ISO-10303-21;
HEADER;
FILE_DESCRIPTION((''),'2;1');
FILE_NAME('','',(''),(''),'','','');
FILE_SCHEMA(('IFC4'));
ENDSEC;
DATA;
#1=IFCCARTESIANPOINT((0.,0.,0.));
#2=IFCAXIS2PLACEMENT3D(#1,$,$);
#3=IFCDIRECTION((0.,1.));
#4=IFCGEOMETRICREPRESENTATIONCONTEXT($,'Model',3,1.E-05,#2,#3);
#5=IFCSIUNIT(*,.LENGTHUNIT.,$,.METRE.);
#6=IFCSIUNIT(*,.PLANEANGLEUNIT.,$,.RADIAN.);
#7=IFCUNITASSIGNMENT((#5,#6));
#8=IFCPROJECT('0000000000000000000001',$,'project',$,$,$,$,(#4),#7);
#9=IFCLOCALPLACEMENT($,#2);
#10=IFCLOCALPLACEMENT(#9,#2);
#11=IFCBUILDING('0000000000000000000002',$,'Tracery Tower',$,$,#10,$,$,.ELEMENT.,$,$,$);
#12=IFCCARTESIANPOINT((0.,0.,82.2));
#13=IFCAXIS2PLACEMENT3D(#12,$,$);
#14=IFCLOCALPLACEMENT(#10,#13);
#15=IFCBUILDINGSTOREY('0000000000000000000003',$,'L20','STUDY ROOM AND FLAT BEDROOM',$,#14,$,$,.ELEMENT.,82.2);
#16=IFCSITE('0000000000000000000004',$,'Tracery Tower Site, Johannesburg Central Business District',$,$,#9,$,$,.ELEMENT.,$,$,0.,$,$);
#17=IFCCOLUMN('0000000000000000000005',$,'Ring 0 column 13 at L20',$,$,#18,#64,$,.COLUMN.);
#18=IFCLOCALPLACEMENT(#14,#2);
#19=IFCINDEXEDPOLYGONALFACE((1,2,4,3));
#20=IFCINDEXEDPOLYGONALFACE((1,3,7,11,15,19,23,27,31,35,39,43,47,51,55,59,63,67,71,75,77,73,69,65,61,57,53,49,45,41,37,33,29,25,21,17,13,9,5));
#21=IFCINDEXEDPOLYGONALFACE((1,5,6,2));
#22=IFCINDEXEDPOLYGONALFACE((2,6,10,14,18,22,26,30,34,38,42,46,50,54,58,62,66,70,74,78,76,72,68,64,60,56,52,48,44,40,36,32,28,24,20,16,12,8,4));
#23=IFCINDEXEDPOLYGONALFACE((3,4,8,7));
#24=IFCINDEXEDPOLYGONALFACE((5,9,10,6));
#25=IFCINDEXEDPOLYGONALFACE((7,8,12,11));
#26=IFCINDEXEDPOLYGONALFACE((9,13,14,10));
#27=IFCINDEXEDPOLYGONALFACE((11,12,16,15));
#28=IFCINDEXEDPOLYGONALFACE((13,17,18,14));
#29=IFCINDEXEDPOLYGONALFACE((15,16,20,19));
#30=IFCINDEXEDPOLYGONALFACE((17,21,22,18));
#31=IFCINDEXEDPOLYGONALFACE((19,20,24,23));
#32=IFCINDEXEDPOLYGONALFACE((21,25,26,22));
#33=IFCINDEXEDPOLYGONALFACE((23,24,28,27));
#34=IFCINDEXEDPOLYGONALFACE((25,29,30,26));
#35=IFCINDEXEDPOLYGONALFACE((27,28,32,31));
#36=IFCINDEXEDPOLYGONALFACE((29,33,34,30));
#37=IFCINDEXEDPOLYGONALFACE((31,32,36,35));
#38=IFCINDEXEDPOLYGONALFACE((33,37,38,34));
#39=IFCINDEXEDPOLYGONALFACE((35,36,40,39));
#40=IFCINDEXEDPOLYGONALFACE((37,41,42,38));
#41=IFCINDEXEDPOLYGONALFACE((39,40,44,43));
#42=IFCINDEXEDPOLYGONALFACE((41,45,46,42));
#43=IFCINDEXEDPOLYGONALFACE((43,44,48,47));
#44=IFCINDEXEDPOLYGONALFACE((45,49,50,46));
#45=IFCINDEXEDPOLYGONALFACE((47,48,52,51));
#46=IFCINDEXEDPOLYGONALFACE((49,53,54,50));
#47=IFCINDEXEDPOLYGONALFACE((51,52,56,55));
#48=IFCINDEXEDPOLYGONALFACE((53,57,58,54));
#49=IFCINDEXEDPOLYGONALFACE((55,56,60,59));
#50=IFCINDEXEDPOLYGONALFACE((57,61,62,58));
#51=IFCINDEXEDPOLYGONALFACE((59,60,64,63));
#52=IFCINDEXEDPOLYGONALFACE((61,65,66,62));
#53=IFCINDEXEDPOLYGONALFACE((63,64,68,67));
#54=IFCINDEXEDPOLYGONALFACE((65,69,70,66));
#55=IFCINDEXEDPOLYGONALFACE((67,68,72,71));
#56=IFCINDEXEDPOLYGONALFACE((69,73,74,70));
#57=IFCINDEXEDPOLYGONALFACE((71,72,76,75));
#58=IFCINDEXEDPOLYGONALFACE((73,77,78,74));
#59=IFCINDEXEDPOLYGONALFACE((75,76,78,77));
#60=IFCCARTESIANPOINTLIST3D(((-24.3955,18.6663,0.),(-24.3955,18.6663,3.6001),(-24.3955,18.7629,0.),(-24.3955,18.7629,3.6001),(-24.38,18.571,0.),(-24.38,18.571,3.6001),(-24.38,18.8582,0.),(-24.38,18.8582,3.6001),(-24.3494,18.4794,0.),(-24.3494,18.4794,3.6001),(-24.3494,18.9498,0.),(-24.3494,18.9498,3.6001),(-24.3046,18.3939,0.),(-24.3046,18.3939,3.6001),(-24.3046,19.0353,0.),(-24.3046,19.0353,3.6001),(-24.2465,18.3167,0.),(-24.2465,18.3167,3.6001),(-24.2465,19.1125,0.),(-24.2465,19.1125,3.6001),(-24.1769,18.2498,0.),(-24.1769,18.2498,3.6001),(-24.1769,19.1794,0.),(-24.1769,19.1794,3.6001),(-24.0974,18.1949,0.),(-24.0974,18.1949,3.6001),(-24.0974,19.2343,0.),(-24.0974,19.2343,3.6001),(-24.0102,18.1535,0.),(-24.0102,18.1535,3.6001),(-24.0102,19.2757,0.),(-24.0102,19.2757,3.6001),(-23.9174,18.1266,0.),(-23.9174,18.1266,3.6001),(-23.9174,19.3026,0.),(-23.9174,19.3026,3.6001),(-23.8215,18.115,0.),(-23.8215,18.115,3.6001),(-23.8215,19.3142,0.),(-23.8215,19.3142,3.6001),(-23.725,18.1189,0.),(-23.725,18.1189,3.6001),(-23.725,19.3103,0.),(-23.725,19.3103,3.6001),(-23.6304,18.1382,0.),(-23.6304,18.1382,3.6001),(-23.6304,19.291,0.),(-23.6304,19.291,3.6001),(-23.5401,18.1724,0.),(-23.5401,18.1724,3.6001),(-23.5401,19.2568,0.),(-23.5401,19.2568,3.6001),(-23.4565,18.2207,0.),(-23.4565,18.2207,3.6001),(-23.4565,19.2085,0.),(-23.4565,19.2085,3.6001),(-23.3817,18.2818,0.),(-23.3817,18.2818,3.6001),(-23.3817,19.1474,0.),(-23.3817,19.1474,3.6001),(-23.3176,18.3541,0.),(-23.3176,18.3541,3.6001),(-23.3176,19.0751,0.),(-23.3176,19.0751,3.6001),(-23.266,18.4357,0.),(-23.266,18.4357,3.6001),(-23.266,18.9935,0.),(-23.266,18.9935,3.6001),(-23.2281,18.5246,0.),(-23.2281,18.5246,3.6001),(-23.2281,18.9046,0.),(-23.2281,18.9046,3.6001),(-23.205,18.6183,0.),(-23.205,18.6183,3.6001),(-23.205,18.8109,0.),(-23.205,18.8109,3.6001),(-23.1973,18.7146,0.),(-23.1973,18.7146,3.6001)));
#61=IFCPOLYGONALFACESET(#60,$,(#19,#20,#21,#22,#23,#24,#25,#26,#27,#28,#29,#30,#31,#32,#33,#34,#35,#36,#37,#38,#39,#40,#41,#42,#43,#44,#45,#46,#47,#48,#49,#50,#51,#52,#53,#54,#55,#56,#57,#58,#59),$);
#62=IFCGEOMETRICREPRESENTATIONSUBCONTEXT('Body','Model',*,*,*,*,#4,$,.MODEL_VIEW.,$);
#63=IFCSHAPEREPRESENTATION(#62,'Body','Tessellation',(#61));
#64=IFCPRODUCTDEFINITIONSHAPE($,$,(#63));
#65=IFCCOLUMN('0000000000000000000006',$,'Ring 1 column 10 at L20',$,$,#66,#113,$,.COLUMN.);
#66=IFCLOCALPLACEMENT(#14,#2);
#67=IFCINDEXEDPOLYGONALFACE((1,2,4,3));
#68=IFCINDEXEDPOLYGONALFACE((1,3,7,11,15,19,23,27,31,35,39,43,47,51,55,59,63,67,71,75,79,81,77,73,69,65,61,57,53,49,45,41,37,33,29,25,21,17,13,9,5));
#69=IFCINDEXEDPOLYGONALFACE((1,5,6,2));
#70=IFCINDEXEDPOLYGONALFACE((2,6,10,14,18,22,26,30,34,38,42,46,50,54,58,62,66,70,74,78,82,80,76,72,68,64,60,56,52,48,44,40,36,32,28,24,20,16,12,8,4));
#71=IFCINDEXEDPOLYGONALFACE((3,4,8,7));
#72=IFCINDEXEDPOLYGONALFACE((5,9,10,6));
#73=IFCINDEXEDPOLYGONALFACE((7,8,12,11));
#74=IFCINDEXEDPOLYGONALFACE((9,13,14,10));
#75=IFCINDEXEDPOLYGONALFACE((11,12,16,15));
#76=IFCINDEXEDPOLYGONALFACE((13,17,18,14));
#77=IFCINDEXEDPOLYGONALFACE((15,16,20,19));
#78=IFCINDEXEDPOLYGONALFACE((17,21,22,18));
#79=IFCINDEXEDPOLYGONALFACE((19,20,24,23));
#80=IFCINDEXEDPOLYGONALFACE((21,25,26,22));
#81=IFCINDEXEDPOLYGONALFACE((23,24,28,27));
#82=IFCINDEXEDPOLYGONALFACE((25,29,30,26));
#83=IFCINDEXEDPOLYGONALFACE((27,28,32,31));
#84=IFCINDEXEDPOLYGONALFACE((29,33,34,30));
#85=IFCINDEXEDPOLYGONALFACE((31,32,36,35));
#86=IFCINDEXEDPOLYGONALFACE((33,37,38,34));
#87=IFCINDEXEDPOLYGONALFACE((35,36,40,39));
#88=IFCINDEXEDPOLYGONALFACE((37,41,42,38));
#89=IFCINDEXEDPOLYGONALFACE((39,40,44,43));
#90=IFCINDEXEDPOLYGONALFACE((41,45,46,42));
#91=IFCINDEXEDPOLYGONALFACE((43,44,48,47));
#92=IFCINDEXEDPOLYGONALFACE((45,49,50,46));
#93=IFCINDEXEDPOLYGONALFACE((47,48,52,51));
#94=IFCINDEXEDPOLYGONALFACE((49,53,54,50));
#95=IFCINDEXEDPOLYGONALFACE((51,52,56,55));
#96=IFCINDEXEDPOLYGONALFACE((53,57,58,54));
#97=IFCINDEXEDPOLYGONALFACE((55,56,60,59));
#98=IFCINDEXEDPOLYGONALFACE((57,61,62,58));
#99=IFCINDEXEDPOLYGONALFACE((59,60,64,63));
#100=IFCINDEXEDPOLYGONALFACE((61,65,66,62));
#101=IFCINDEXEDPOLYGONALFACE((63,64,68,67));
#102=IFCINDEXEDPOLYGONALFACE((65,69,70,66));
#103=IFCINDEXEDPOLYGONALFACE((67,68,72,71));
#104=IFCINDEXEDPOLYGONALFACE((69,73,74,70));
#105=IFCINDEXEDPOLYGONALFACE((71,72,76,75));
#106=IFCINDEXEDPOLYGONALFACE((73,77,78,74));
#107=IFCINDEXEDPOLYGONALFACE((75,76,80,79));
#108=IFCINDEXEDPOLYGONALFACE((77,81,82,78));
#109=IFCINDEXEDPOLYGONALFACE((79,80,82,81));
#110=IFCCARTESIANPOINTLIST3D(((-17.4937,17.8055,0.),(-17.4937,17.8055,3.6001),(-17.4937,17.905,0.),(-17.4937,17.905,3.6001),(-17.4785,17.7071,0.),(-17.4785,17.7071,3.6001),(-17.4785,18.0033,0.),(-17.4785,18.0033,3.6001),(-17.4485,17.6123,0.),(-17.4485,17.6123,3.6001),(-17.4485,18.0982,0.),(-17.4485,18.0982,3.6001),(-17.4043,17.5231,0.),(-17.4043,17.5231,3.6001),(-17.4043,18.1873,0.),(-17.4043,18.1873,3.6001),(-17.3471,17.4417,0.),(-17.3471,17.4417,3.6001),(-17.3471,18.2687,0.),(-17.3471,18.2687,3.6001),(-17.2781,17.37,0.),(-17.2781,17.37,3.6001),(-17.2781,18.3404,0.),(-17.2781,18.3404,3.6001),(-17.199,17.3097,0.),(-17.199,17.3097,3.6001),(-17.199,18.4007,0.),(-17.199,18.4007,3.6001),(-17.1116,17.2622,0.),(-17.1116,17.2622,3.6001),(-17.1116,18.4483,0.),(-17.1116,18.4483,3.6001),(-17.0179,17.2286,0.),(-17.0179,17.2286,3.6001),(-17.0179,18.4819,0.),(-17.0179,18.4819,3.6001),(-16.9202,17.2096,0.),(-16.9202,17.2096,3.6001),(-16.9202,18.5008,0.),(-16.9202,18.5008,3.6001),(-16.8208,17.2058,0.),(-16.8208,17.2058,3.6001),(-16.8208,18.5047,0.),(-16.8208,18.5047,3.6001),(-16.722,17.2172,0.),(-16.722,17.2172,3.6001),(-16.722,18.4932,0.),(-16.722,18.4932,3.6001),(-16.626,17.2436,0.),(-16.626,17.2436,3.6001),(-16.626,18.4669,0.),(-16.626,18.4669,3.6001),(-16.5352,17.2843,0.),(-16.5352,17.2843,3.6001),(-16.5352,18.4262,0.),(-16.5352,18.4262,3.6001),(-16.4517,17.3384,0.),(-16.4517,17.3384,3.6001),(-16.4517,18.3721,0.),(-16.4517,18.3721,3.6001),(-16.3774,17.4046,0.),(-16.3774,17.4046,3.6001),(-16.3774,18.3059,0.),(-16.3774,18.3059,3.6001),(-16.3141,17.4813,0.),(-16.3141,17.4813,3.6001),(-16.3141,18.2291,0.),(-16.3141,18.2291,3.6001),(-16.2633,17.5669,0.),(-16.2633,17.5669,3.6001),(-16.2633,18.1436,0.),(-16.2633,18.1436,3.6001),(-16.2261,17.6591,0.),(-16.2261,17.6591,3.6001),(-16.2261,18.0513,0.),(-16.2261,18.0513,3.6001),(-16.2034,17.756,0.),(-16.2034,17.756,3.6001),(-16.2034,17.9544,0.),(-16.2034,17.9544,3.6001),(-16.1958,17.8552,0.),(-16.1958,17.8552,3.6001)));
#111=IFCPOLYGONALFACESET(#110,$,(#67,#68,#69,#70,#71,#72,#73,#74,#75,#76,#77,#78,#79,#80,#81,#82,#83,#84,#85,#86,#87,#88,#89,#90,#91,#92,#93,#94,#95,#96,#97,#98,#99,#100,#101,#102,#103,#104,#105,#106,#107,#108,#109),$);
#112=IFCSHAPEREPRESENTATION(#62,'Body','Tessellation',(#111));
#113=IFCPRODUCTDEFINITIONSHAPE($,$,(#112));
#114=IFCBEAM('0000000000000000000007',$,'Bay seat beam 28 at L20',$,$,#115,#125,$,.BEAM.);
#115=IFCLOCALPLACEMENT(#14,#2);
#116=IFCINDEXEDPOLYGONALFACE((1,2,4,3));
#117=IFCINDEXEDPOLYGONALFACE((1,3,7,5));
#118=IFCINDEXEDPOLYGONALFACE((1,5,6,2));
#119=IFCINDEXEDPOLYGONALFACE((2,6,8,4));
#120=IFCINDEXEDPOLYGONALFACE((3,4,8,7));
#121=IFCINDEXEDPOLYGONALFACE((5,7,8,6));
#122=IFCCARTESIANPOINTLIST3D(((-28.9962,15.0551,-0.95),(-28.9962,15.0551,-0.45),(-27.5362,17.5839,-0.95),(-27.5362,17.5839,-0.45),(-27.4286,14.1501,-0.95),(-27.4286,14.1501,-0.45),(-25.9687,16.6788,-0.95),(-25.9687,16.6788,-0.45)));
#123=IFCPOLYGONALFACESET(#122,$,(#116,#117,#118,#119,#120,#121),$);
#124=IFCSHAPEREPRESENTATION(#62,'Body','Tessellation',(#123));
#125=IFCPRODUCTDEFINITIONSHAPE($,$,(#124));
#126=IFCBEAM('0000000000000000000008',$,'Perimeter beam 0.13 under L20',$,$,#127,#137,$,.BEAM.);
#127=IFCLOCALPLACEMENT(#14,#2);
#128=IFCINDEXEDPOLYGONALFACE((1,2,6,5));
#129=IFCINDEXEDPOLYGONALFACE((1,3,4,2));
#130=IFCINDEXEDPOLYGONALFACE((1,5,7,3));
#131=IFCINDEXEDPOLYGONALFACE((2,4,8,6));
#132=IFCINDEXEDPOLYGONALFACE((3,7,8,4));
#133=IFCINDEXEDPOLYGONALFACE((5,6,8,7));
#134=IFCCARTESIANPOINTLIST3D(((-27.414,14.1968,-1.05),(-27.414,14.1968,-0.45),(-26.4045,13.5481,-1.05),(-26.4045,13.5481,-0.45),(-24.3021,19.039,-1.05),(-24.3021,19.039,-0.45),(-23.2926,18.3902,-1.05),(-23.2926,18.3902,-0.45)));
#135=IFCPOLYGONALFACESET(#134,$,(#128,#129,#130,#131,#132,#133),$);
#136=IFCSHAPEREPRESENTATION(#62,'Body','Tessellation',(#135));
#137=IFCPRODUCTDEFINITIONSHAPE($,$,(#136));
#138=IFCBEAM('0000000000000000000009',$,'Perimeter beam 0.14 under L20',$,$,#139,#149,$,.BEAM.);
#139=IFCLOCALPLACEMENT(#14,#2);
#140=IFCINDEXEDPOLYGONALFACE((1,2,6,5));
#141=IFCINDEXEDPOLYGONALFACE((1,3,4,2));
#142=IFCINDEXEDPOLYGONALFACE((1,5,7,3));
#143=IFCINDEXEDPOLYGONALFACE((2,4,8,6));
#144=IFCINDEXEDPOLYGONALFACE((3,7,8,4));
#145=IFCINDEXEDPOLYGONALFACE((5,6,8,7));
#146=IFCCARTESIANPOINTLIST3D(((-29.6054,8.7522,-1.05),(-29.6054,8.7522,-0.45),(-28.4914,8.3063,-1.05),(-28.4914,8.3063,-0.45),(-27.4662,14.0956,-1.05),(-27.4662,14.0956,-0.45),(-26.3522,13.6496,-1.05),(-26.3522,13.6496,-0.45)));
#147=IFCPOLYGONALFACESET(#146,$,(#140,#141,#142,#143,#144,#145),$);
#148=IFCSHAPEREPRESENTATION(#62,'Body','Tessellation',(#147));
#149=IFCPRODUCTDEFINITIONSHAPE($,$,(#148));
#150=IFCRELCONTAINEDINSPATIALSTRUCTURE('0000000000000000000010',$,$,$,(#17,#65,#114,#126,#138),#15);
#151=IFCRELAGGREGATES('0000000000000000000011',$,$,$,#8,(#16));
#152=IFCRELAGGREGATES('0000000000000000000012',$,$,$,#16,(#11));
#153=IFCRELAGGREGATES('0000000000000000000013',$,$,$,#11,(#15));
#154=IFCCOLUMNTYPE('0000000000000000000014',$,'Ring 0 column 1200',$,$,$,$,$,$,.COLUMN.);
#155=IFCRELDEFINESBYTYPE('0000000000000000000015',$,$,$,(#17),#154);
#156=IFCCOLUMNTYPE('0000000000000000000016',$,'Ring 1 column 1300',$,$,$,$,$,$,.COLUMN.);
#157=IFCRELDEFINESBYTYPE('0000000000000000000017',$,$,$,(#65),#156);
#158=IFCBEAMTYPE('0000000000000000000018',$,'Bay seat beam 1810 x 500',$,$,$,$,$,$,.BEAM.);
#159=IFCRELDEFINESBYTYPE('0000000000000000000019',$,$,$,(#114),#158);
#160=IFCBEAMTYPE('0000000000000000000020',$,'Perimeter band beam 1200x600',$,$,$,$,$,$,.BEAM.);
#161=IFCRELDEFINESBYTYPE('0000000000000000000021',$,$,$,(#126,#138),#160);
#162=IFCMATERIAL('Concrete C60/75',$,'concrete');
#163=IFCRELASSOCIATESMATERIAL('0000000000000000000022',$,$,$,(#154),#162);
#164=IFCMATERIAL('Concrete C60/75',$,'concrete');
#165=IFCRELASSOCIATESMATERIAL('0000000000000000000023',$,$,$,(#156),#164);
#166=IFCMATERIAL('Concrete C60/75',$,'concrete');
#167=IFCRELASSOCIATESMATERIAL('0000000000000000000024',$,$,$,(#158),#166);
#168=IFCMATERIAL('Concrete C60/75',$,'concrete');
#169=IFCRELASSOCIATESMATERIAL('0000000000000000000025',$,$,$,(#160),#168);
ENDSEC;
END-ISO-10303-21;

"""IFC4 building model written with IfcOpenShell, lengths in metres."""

from ifc_helpers import new_model, si_unit, direction, frame, origin, origin_2d, place, context, subcontext, project, spatial, rectangle, circle, extrude, material, material_profile, profile_set, type_object, element, save


model = new_model("IFC4")

# Units and contexts
model_context = context("Model", 3, precision=1e-05, world=origin(), true_north=direction((0.0, 1.0)))
body_context = subcontext(model_context, "Body", "Model", "MODEL_VIEW")
ifc_project = project(units=[si_unit("LENGTHUNIT", "METRE"), si_unit("PLANEANGLEUNIT", "RADIAN")], contexts=[model_context])

# Site, building, storey
site_placement = place(None, origin())
site = spatial("IfcSite", under=ifc_project, at=site_placement, Name="Tracery Tower Site, Johannesburg Central Business District", CompositionType="ELEMENT", RefElevation=0.0)
building_placement = place(site_placement, origin())
building = spatial("IfcBuilding", under=site, at=building_placement, Name="Tracery Tower", CompositionType="ELEMENT")
storey_placement = place(building_placement, frame((0.0, 0.0, 82.2)))
storey = spatial("IfcBuildingStorey", under=building, at=storey_placement, Name="L20", Description="STUDY ROOM AND FLAT BEDROOM", CompositionType="ELEMENT", Elevation=82.2)

# Columns
ifc_material_1 = material(Name="Concrete C60/75", Category="concrete")
ifc_material_profile_1 = material_profile(ifc_material_1, circle(Radius=0.6001, at=origin_2d()), Name="RC D1200")
ifc_profile_set_1 = profile_set([ifc_material_profile_1], Name="Concrete C60/75")
column_type_1 = type_object("IfcColumnType", Name="Ring 0 column 1200", PredefinedType="COLUMN", material=ifc_profile_set_1)
column_1_placement = place(storey_placement, frame((-23.7974, 18.7146, 0.0), z_axis=(0.0, 0.0, 1.0), x_axis=(1.0, 0.0, 0.0)))
element("IfcColumn", 1, at=column_1_placement, inside=storey, type_object=column_type_1, Name="Ring 0 column 13 at L20", PredefinedType="COLUMN", context=body_context, shape_type="SweptSolid", body=[
    extrude(circle(Radius=0.6001, at=origin_2d()), origin(), (0.0, 0.0, 1.0), 3.6001),
])
ifc_material_2 = material(Name="Concrete C60/75", Category="concrete")
ifc_material_profile_2 = material_profile(ifc_material_2, circle(Radius=0.6499, at=origin_2d()), Name="RC D1300")
ifc_profile_set_2 = profile_set([ifc_material_profile_2], Name="Concrete C60/75")
column_type_2 = type_object("IfcColumnType", Name="Ring 1 column 1300", PredefinedType="COLUMN", material=ifc_profile_set_2)
column_2_placement = place(storey_placement, frame((-16.8457, 17.8552, 0.0), z_axis=(0.0, 0.0, 1.0), x_axis=(1.0, 0.0, 0.0)))
element("IfcColumn", 2, at=column_2_placement, inside=storey, type_object=column_type_2, Name="Ring 1 column 10 at L20", PredefinedType="COLUMN", context=body_context, shape_type="SweptSolid", body=[
    extrude(circle(Radius=0.6499, at=origin_2d()), origin(), (0.0, 0.0, 1.0), 3.6001),
])

# Beams
ifc_material_3 = material(Name="Concrete C60/75", Category="concrete")
ifc_material_profile_3 = material_profile(ifc_material_3, rectangle(XDim=1.8101, YDim=0.5, at=origin_2d()), Name="RC 1810x500")
ifc_profile_set_3 = profile_set([ifc_material_profile_3], Name="Concrete C60/75")
beam_type_1 = type_object("IfcBeamType", Name="Bay seat beam 1810 x 500", PredefinedType="BEAM", material=ifc_profile_set_3)
beam_1_placement = place(storey_placement, frame((-26.7524, 17.1313, -0.7), z_axis=(-0.499988, -0.866032, 0.0), x_axis=(0.866032, -0.499988, 0.0)))
element("IfcBeam", 3, at=beam_1_placement, inside=storey, type_object=beam_type_1, Name="Bay seat beam 28 at L20", PredefinedType="BEAM", context=body_context, shape_type="SweptSolid", body=[
    extrude(rectangle(XDim=1.8101, YDim=0.5, at=origin_2d()), origin(), (0.0, 0.0, 1.0), 2.9199),
])
ifc_material_4 = material(Name="Concrete C60/75", Category="concrete")
ifc_material_profile_4 = material_profile(ifc_material_4, rectangle(XDim=1.2, YDim=0.6001, at=origin_2d()), Name="RC 1200x600")
ifc_profile_set_4 = profile_set([ifc_material_profile_4], Name="Concrete C60/75")
beam_type_2 = type_object("IfcBeamType", Name="Perimeter band beam 1200x600", PredefinedType="BEAM", material=ifc_profile_set_4)
beam_2_placement = place(storey_placement, frame((-23.7974, 18.7146, -0.75), z_axis=(-0.540644, -0.841252, 0.0), x_axis=(0.841252, -0.540644, 0.0)))
element("IfcBeam", 4, at=beam_2_placement, inside=storey, type_object=beam_type_2, Name="Perimeter beam 0.13 under L20", PredefinedType="BEAM", context=body_context, shape_type="SweptSolid", body=[
    extrude(rectangle(XDim=1.2, YDim=0.6001, at=origin_2d()), origin(), (0.0, 0.0, 1.0), 5.7559),
])
beam_3_placement = place(storey_placement, frame((-26.9092, 13.8726, -0.75), z_axis=(-0.371669, -0.928365, 0.0), x_axis=(0.928365, -0.371669, 0.0)))
element("IfcBeam", 5, at=beam_3_placement, inside=storey, type_object=beam_type_2, Name="Perimeter beam 0.14 under L20", PredefinedType="BEAM", context=body_context, shape_type="SweptSolid", body=[
    extrude(rectangle(XDim=1.2, YDim=0.6001, at=origin_2d()), origin(), (0.0, 0.0, 1.0), 5.7556),
])

save(model, "model.ifc")
